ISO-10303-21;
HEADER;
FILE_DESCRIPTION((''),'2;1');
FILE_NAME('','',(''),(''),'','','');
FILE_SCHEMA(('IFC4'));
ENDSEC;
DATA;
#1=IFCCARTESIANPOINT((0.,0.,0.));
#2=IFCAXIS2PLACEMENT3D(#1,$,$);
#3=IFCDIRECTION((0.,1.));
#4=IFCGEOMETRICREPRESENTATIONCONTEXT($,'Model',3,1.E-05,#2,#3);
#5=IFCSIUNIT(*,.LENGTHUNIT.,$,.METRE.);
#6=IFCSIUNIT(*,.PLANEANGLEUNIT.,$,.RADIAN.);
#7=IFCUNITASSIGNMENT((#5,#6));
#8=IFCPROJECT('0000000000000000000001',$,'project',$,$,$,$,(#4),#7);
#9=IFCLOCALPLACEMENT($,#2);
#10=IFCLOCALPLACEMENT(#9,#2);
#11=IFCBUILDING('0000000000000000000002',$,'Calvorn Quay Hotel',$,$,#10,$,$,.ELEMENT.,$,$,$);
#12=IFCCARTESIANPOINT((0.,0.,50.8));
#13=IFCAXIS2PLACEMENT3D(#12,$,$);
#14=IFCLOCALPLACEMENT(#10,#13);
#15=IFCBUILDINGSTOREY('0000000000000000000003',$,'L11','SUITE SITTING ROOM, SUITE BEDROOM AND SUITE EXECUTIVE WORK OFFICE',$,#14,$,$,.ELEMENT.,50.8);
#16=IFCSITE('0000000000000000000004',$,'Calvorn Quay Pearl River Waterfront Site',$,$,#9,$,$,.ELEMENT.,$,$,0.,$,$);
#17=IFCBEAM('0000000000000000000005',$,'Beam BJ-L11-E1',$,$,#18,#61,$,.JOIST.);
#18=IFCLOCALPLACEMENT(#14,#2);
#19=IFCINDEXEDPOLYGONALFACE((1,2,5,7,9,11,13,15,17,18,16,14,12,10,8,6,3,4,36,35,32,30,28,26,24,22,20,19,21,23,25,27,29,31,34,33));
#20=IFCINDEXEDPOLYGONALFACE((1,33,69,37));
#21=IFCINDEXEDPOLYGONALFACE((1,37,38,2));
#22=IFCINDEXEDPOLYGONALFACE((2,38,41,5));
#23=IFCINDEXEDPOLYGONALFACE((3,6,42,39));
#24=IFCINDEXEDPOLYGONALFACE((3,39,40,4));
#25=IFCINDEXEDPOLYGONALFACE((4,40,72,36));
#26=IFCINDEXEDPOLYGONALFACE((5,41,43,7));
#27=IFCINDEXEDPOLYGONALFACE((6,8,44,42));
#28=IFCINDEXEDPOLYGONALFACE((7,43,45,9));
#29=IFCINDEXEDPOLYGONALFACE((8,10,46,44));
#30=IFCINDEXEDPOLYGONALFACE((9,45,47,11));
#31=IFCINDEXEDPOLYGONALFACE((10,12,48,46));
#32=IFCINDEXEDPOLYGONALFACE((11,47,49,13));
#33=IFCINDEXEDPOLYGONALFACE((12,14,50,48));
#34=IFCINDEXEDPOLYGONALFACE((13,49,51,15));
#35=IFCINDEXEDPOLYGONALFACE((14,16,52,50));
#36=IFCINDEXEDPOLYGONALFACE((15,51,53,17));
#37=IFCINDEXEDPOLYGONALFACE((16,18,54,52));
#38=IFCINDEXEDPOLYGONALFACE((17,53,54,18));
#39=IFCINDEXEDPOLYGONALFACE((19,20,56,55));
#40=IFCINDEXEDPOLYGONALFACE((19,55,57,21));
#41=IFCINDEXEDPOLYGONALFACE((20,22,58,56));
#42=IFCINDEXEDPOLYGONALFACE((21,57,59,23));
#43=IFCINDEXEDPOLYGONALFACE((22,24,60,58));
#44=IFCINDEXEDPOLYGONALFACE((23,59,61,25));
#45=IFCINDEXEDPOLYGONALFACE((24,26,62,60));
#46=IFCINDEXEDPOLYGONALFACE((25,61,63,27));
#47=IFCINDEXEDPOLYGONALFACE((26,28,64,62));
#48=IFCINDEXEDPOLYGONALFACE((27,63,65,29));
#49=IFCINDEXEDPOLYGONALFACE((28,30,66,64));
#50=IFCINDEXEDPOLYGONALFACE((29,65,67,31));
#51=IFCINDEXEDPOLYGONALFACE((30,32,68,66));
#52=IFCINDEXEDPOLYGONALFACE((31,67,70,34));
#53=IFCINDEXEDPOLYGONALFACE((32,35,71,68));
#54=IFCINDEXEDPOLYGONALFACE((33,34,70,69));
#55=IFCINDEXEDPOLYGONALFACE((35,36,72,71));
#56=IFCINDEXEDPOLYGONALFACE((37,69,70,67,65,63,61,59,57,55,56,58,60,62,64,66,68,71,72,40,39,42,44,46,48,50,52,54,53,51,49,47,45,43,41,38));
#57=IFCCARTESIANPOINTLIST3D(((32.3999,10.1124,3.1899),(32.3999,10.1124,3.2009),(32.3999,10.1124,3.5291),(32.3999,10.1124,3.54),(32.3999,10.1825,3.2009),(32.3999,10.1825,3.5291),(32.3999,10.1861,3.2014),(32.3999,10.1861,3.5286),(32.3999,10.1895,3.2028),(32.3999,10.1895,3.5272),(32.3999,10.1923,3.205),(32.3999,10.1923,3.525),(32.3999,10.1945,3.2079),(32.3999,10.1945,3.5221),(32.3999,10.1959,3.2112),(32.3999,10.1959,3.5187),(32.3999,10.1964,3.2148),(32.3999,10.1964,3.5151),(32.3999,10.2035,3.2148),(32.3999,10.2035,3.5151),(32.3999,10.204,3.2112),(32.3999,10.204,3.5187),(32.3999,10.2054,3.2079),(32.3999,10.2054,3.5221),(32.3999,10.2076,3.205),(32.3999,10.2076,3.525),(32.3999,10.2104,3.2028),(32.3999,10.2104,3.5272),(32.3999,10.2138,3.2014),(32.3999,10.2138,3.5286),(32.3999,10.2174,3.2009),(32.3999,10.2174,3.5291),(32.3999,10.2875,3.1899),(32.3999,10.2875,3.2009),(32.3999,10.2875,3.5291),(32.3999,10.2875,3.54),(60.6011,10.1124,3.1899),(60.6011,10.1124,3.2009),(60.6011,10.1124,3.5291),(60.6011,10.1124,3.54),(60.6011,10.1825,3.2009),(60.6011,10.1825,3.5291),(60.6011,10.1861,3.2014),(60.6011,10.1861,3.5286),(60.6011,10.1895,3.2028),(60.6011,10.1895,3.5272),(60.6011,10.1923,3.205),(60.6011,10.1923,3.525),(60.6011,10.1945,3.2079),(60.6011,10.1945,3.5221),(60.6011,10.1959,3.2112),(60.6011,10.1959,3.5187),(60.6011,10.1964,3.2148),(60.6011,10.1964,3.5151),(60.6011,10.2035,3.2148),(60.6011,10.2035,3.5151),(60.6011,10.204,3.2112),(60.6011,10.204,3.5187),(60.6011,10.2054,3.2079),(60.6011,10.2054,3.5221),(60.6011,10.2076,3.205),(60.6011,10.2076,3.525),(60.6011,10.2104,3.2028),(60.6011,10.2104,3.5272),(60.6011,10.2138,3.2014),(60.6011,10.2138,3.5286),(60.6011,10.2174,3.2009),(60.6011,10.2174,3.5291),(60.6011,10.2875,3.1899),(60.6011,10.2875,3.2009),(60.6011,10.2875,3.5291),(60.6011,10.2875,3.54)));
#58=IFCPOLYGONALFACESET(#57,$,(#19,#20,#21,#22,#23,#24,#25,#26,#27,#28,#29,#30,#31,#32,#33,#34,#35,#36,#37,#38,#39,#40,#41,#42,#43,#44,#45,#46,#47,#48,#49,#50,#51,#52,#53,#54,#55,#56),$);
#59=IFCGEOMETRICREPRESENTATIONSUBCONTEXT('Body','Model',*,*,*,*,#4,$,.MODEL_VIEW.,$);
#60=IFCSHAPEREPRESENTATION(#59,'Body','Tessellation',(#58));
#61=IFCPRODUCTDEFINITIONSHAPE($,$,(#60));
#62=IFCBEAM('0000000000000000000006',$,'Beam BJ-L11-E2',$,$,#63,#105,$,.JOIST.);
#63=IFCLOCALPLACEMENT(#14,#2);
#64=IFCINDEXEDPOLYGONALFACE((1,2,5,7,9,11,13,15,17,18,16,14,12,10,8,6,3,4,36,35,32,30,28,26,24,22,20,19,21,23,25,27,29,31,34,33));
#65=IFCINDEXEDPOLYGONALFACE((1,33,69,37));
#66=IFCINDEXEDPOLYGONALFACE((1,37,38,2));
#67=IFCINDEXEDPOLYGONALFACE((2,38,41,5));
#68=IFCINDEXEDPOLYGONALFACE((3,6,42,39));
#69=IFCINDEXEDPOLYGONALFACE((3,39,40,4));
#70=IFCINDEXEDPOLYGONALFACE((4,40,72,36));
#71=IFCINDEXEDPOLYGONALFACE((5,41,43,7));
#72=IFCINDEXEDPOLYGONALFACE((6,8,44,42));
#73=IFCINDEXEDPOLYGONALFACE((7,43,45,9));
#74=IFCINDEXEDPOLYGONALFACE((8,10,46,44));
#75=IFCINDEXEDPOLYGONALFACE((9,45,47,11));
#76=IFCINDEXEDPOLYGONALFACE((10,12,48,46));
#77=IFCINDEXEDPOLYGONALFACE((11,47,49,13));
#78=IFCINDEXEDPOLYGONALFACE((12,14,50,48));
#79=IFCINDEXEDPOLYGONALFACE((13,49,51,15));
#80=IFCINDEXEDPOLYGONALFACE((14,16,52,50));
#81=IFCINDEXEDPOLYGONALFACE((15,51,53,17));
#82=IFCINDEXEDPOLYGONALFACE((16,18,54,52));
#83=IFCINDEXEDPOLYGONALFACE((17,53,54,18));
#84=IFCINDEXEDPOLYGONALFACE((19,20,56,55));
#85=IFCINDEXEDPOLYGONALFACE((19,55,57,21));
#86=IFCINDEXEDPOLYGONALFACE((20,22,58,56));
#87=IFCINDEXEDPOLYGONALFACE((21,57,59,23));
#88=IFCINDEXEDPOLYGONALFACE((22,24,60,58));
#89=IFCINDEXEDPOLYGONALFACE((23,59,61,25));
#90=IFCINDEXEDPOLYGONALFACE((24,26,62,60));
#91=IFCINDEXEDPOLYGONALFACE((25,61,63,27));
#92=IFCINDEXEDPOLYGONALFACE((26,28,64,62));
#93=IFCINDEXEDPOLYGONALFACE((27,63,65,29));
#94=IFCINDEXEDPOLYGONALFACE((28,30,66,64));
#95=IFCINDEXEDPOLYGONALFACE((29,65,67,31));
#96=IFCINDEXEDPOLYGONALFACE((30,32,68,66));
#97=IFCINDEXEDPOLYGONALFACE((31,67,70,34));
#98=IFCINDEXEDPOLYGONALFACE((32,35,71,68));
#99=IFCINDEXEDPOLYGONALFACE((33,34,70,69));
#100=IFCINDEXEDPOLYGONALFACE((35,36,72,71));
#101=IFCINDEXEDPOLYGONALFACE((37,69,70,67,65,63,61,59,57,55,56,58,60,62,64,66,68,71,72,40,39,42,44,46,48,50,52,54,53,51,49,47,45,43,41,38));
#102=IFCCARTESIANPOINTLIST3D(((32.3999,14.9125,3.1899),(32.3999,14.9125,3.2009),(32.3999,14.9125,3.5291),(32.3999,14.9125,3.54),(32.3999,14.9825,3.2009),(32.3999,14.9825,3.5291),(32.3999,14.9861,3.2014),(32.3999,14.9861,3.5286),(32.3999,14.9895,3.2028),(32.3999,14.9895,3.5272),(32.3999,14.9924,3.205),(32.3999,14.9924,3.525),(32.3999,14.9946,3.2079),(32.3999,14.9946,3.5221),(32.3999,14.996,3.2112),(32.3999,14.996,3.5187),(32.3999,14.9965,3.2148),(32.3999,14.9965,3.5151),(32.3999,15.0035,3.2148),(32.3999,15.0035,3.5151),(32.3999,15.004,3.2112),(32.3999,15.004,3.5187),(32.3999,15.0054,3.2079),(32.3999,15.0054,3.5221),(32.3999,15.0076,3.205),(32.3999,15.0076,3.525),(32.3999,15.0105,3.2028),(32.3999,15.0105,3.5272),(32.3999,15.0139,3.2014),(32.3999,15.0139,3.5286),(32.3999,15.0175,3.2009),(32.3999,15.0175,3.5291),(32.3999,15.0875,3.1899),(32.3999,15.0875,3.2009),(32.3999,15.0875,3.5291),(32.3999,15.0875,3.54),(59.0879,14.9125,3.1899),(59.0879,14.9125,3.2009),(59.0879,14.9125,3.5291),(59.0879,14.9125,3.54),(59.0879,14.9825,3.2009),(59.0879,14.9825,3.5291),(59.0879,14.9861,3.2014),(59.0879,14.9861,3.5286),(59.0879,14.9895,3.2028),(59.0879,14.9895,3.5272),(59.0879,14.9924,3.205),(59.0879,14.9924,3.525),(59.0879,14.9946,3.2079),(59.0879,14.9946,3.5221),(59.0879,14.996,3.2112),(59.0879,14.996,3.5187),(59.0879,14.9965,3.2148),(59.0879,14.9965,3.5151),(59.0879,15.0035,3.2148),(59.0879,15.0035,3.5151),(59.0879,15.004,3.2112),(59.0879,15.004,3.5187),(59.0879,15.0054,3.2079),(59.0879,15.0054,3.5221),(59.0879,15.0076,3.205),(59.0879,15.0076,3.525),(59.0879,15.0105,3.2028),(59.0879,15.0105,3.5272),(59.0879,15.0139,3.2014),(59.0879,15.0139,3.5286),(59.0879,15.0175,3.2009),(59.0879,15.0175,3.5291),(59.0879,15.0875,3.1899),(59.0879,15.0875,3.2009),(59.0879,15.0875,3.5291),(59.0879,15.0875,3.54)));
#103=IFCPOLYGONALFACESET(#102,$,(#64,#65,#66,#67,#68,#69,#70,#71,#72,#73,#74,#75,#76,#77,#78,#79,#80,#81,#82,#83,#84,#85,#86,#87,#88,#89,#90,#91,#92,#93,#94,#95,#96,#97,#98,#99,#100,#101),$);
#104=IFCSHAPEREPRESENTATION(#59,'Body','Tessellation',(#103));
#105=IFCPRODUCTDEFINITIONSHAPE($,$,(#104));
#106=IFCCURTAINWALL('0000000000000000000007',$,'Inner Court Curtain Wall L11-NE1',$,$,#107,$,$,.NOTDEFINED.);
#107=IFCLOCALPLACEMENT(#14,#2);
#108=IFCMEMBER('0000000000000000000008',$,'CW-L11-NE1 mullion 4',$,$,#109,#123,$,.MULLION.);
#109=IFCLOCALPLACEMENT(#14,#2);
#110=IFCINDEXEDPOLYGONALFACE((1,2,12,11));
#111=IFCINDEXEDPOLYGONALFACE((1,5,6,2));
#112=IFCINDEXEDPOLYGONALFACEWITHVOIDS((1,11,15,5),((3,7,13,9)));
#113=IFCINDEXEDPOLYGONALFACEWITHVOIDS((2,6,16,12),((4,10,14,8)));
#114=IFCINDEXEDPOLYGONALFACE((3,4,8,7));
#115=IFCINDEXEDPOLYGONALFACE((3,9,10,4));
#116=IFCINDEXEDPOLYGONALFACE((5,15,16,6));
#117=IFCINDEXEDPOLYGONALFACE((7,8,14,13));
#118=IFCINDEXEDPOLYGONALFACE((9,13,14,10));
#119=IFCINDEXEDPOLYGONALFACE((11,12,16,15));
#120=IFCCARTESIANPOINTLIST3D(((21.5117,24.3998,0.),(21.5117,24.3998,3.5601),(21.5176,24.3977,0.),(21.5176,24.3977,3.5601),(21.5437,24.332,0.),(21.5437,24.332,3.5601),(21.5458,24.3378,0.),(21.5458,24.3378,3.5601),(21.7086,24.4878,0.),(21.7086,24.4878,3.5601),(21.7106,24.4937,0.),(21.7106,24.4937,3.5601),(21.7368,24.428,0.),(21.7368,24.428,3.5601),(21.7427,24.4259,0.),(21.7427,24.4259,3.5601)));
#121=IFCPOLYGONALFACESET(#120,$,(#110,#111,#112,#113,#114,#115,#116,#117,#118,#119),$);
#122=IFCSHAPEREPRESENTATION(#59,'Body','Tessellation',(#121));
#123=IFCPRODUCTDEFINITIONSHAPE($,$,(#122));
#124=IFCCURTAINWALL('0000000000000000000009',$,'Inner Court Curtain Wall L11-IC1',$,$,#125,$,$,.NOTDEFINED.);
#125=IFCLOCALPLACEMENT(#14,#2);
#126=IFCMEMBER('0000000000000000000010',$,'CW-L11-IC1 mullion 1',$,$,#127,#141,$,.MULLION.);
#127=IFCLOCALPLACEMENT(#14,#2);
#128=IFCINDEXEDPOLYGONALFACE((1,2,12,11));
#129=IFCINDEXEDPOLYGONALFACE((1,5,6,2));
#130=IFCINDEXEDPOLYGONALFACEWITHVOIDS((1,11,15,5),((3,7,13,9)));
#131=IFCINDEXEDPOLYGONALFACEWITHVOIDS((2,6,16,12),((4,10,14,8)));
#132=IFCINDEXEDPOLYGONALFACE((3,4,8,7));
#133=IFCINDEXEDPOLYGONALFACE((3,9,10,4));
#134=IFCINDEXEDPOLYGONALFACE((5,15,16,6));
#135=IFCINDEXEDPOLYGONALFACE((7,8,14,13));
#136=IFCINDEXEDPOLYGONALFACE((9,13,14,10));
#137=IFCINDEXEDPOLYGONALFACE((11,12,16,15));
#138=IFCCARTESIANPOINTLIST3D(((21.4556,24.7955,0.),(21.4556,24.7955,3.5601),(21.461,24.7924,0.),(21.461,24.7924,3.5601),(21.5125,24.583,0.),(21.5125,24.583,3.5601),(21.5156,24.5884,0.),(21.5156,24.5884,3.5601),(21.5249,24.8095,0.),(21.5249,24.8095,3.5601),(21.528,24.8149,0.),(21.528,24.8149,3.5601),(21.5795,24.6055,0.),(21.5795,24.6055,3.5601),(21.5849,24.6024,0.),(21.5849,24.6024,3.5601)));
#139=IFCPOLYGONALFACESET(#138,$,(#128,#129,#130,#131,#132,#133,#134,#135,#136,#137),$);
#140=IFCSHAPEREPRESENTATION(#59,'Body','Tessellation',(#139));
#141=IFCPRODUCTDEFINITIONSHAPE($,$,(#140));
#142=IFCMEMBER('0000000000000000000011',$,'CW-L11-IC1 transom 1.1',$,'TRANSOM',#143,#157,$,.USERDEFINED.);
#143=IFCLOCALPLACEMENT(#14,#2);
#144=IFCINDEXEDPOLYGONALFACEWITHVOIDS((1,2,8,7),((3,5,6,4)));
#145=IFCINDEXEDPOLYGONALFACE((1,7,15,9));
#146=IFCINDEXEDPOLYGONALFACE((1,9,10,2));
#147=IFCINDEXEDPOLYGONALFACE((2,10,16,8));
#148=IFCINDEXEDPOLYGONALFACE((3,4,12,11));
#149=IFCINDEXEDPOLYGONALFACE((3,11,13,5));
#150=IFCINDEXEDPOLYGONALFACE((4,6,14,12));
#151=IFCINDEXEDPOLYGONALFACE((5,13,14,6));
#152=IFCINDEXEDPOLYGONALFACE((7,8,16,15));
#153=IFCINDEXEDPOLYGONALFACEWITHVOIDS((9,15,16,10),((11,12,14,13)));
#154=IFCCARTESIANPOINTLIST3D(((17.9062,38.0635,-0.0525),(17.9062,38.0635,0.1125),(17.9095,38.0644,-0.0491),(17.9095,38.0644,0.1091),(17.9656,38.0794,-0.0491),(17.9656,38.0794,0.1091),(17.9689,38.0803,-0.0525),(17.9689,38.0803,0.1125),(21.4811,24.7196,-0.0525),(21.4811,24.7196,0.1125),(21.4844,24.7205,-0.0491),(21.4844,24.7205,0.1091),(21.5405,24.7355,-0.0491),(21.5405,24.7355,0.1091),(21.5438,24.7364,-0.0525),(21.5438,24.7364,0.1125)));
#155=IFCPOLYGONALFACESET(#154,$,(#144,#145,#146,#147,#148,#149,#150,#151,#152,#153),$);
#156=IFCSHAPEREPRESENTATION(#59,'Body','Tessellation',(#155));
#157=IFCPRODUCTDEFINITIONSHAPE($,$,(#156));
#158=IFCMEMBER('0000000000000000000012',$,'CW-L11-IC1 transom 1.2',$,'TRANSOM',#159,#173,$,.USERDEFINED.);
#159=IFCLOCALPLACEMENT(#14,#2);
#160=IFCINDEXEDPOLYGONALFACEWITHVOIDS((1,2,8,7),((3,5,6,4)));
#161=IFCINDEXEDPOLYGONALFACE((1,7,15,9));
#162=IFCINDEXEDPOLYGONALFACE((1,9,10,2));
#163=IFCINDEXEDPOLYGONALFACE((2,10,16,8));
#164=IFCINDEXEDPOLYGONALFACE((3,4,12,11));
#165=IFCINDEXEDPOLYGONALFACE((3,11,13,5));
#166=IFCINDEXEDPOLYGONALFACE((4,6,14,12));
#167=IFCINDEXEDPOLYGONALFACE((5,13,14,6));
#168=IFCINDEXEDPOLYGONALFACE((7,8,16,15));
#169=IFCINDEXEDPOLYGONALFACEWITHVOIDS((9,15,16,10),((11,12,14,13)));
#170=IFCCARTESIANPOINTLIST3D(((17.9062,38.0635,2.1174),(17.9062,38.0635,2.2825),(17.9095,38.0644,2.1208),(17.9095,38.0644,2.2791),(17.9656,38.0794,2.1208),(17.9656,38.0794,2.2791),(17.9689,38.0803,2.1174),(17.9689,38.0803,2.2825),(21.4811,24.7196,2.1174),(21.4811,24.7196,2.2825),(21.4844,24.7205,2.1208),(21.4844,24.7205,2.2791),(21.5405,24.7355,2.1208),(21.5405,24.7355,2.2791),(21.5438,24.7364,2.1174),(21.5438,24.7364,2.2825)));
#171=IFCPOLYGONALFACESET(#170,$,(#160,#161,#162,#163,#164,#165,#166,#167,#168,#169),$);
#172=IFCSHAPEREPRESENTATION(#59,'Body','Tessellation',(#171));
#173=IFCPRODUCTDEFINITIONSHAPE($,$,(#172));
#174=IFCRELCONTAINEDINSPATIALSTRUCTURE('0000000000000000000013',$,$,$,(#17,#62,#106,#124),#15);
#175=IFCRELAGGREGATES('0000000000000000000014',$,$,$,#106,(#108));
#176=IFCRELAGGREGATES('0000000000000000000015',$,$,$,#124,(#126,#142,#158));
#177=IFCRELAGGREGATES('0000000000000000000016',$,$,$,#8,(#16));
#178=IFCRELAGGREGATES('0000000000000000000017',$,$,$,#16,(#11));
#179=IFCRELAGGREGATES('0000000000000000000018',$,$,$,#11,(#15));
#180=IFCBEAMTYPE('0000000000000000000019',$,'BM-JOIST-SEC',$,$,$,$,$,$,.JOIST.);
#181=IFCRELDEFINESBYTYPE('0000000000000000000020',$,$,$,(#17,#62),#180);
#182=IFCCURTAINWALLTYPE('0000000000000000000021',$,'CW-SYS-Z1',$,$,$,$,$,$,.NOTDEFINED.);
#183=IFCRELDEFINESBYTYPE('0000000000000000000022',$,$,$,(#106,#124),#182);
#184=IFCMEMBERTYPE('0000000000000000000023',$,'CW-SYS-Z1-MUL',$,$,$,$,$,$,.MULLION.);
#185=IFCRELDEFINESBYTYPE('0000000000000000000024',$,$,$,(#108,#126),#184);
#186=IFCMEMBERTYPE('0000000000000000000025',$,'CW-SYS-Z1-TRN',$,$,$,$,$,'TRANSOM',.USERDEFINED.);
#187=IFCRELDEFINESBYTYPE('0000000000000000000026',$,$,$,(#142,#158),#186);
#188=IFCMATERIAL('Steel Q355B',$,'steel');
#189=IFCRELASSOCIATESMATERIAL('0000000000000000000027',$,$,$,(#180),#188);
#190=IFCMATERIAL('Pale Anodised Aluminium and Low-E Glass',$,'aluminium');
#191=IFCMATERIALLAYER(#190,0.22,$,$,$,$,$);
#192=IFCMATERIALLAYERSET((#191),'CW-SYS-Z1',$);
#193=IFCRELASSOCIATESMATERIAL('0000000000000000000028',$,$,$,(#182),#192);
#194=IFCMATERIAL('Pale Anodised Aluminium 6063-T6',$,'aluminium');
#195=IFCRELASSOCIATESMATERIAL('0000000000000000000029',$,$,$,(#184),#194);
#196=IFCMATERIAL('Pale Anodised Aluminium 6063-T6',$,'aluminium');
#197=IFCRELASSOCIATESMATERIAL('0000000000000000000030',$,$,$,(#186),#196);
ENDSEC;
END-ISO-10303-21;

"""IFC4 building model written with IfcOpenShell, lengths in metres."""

from ifc_helpers import new_model, si_unit, direction, frame, origin, origin_2d, place, context, subcontext, project, spatial, hollow_rectangle, i_section, extrude, material, layer, layer_set, material_profile, profile_set, type_object, element, aggregate, save


model = new_model("IFC4")

# Units and contexts
model_context = context("Model", 3, precision=1e-05, world=origin(), true_north=direction((0.0, 1.0)))
body_context = subcontext(model_context, "Body", "Model", "MODEL_VIEW")
ifc_project = project(units=[si_unit("LENGTHUNIT", "METRE"), si_unit("PLANEANGLEUNIT", "RADIAN")], contexts=[model_context])

# Site, building, storey
site_placement = place(None, origin())
site = spatial("IfcSite", under=ifc_project, at=site_placement, Name="Calvorn Quay Pearl River Waterfront Site", CompositionType="ELEMENT", RefElevation=0.0)
building_placement = place(site_placement, origin())
building = spatial("IfcBuilding", under=site, at=building_placement, Name="Calvorn Quay Hotel", CompositionType="ELEMENT")
storey_placement = place(building_placement, frame((0.0, 0.0, 50.8)))
storey = spatial("IfcBuildingStorey", under=building, at=storey_placement, Name="L11", Description="SUITE SITTING ROOM, SUITE BEDROOM AND SUITE EXECUTIVE WORK OFFICE", CompositionType="ELEMENT", Elevation=50.8)

# Beams
ifc_material_1 = material(Name="Steel Q355B", Category="steel")
ifc_material_profile_1 = material_profile(ifc_material_1, i_section(OverallWidth=0.175, OverallDepth=0.3501, WebThickness=0.0071, FlangeThickness=0.011, FilletRadius=0.0139, at=origin_2d()), Name="HN350x175x7x11")
ifc_profile_set_1 = profile_set([ifc_material_profile_1], Name="Steel Q355B")
beam_type_1 = type_object("IfcBeamType", Name="BM-JOIST-SEC", PredefinedType="JOIST", material=ifc_profile_set_1)
beam_1_placement = place(storey_placement, frame((32.3999, 10.2, 3.365), z_axis=(1.0, 0.0, 0.0), x_axis=(0.0, 1.0, 0.0)))
element("IfcBeam", 1, at=beam_1_placement, inside=storey, type_object=beam_type_1, Name="Beam BJ-L11-E1", PredefinedType="JOIST", context=body_context, shape_type="SweptSolid", body=[
    extrude(i_section(OverallWidth=0.175, OverallDepth=0.3501, WebThickness=0.0071, FlangeThickness=0.011, FilletRadius=0.0139, at=origin_2d()), origin(), (0.0, 0.0, 1.0), 28.2012),
])
beam_2_placement = place(storey_placement, frame((32.3999, 15.0, 3.365), z_axis=(1.0, 0.0, 0.0), x_axis=(0.0, 1.0, 0.0)))
element("IfcBeam", 2, at=beam_2_placement, inside=storey, type_object=beam_type_1, Name="Beam BJ-L11-E2", PredefinedType="JOIST", context=body_context, shape_type="SweptSolid", body=[
    extrude(i_section(OverallWidth=0.175, OverallDepth=0.3501, WebThickness=0.0071, FlangeThickness=0.011, FilletRadius=0.0139, at=origin_2d()), origin(), (0.0, 0.0, 1.0), 26.688),
])

# Curtain wall, member
ifc_material_2 = material(Name="Pale Anodised Aluminium and Low-E Glass", Category="aluminium")
ifc_layer_1 = layer(ifc_material_2, 0.22)
ifc_layer_set_1 = layer_set([ifc_layer_1], Name="CW-SYS-Z1")
curtain_wall_type = type_object("IfcCurtainWallType", Name="CW-SYS-Z1", PredefinedType="NOTDEFINED", material=ifc_layer_set_1)
curtain_wall_1_placement = place(storey_placement, origin())
curtain_wall_1 = element("IfcCurtainWall", 3, at=curtain_wall_1_placement, inside=storey, type_object=curtain_wall_type, Name="Inner Court Curtain Wall L11-NE1", PredefinedType="NOTDEFINED")
ifc_material_3 = material(Name="Pale Anodised Aluminium 6063-T6", Category="aluminium")
ifc_material_profile_2 = material_profile(ifc_material_3, hollow_rectangle(XDim=0.075, YDim=0.22, WallThickness=0.0044, at=origin_2d()), Name="ALU-M220x75x4.5")
ifc_profile_set_2 = profile_set([ifc_material_profile_2], Name="Pale Anodised Aluminium 6063-T6")
member_type_1 = type_object("IfcMemberType", Name="CW-SYS-Z1-MUL", PredefinedType="MULLION", material=ifc_profile_set_2)
member_1_placement = place(storey_placement, frame((21.6272, 24.4128, 0.0), z_axis=(0.0, 0.0, 1.0), x_axis=(0.427006, -0.904249, 0.0)))
member_1 = element("IfcMember", 4, at=member_1_placement, type_object=member_type_1, Name="CW-L11-NE1 mullion 4", PredefinedType="MULLION", context=body_context, shape_type="SweptSolid", body=[
    extrude(hollow_rectangle(XDim=0.075, YDim=0.22, WallThickness=0.0044, at=origin_2d()), origin(), (0.0, 0.0, 1.0), 3.5601),
])
aggregate(curtain_wall_1, [member_1])

# Curtain wall, members
curtain_wall_2_placement = place(storey_placement, origin())
curtain_wall_2 = element("IfcCurtainWall", 5, at=curtain_wall_2_placement, inside=storey, type_object=curtain_wall_type, Name="Inner Court Curtain Wall L11-IC1", PredefinedType="NOTDEFINED")
member_2_placement = place(storey_placement, frame((21.5203, 24.699, 0.0), z_axis=(0.0, 0.0, 1.0), x_axis=(-0.965937, -0.258779, 0.0)))
member_2 = element("IfcMember", 6, at=member_2_placement, type_object=member_type_1, Name="CW-L11-IC1 mullion 1", PredefinedType="MULLION", context=body_context, shape_type="SweptSolid", body=[
    extrude(hollow_rectangle(XDim=0.075, YDim=0.22, WallThickness=0.0044, at=origin_2d()), origin(), (0.0, 0.0, 1.0), 3.5601),
])
ifc_material_4 = material(Name="Pale Anodised Aluminium 6063-T6", Category="aluminium")
ifc_material_profile_3 = material_profile(ifc_material_4, hollow_rectangle(XDim=0.0649, YDim=0.165, WallThickness=0.0034, at=origin_2d()), Name="ALU-T165x65x3.5")
ifc_profile_set_3 = profile_set([ifc_material_profile_3], Name="Pale Anodised Aluminium 6063-T6")
member_type_2 = type_object("IfcMemberType", Name="CW-SYS-Z1-TRN", ElementType="TRANSOM", PredefinedType="USERDEFINED", material=ifc_profile_set_3)
member_3_placement = place(storey_placement, frame((21.5125, 24.728, 0.03), z_axis=(-0.258781, 0.965936, 0.0), x_axis=(-0.965936, -0.258781, 0.0)))
member_3 = element("IfcMember", 7, at=member_3_placement, type_object=member_type_2, Name="CW-L11-IC1 transom 1.1", ObjectType="TRANSOM", PredefinedType="USERDEFINED", context=body_context, shape_type="SweptSolid", body=[
    extrude(hollow_rectangle(XDim=0.0649, YDim=0.165, WallThickness=0.0034, at=origin_2d()), origin(), (0.0, 0.0, 1.0), 13.8145),
])
member_4_placement = place(storey_placement, frame((21.5125, 24.728, 2.2), z_axis=(-0.258781, 0.965936, 0.0), x_axis=(-0.965936, -0.258781, 0.0)))
member_4 = element("IfcMember", 8, at=member_4_placement, type_object=member_type_2, Name="CW-L11-IC1 transom 1.2", ObjectType="TRANSOM", PredefinedType="USERDEFINED", context=body_context, shape_type="SweptSolid", body=[
    extrude(hollow_rectangle(XDim=0.0649, YDim=0.165, WallThickness=0.0034, at=origin_2d()), origin(), (0.0, 0.0, 1.0), 13.8145),
])
aggregate(curtain_wall_2, [member_2, member_3, member_4])

save(model, "model.ifc")
